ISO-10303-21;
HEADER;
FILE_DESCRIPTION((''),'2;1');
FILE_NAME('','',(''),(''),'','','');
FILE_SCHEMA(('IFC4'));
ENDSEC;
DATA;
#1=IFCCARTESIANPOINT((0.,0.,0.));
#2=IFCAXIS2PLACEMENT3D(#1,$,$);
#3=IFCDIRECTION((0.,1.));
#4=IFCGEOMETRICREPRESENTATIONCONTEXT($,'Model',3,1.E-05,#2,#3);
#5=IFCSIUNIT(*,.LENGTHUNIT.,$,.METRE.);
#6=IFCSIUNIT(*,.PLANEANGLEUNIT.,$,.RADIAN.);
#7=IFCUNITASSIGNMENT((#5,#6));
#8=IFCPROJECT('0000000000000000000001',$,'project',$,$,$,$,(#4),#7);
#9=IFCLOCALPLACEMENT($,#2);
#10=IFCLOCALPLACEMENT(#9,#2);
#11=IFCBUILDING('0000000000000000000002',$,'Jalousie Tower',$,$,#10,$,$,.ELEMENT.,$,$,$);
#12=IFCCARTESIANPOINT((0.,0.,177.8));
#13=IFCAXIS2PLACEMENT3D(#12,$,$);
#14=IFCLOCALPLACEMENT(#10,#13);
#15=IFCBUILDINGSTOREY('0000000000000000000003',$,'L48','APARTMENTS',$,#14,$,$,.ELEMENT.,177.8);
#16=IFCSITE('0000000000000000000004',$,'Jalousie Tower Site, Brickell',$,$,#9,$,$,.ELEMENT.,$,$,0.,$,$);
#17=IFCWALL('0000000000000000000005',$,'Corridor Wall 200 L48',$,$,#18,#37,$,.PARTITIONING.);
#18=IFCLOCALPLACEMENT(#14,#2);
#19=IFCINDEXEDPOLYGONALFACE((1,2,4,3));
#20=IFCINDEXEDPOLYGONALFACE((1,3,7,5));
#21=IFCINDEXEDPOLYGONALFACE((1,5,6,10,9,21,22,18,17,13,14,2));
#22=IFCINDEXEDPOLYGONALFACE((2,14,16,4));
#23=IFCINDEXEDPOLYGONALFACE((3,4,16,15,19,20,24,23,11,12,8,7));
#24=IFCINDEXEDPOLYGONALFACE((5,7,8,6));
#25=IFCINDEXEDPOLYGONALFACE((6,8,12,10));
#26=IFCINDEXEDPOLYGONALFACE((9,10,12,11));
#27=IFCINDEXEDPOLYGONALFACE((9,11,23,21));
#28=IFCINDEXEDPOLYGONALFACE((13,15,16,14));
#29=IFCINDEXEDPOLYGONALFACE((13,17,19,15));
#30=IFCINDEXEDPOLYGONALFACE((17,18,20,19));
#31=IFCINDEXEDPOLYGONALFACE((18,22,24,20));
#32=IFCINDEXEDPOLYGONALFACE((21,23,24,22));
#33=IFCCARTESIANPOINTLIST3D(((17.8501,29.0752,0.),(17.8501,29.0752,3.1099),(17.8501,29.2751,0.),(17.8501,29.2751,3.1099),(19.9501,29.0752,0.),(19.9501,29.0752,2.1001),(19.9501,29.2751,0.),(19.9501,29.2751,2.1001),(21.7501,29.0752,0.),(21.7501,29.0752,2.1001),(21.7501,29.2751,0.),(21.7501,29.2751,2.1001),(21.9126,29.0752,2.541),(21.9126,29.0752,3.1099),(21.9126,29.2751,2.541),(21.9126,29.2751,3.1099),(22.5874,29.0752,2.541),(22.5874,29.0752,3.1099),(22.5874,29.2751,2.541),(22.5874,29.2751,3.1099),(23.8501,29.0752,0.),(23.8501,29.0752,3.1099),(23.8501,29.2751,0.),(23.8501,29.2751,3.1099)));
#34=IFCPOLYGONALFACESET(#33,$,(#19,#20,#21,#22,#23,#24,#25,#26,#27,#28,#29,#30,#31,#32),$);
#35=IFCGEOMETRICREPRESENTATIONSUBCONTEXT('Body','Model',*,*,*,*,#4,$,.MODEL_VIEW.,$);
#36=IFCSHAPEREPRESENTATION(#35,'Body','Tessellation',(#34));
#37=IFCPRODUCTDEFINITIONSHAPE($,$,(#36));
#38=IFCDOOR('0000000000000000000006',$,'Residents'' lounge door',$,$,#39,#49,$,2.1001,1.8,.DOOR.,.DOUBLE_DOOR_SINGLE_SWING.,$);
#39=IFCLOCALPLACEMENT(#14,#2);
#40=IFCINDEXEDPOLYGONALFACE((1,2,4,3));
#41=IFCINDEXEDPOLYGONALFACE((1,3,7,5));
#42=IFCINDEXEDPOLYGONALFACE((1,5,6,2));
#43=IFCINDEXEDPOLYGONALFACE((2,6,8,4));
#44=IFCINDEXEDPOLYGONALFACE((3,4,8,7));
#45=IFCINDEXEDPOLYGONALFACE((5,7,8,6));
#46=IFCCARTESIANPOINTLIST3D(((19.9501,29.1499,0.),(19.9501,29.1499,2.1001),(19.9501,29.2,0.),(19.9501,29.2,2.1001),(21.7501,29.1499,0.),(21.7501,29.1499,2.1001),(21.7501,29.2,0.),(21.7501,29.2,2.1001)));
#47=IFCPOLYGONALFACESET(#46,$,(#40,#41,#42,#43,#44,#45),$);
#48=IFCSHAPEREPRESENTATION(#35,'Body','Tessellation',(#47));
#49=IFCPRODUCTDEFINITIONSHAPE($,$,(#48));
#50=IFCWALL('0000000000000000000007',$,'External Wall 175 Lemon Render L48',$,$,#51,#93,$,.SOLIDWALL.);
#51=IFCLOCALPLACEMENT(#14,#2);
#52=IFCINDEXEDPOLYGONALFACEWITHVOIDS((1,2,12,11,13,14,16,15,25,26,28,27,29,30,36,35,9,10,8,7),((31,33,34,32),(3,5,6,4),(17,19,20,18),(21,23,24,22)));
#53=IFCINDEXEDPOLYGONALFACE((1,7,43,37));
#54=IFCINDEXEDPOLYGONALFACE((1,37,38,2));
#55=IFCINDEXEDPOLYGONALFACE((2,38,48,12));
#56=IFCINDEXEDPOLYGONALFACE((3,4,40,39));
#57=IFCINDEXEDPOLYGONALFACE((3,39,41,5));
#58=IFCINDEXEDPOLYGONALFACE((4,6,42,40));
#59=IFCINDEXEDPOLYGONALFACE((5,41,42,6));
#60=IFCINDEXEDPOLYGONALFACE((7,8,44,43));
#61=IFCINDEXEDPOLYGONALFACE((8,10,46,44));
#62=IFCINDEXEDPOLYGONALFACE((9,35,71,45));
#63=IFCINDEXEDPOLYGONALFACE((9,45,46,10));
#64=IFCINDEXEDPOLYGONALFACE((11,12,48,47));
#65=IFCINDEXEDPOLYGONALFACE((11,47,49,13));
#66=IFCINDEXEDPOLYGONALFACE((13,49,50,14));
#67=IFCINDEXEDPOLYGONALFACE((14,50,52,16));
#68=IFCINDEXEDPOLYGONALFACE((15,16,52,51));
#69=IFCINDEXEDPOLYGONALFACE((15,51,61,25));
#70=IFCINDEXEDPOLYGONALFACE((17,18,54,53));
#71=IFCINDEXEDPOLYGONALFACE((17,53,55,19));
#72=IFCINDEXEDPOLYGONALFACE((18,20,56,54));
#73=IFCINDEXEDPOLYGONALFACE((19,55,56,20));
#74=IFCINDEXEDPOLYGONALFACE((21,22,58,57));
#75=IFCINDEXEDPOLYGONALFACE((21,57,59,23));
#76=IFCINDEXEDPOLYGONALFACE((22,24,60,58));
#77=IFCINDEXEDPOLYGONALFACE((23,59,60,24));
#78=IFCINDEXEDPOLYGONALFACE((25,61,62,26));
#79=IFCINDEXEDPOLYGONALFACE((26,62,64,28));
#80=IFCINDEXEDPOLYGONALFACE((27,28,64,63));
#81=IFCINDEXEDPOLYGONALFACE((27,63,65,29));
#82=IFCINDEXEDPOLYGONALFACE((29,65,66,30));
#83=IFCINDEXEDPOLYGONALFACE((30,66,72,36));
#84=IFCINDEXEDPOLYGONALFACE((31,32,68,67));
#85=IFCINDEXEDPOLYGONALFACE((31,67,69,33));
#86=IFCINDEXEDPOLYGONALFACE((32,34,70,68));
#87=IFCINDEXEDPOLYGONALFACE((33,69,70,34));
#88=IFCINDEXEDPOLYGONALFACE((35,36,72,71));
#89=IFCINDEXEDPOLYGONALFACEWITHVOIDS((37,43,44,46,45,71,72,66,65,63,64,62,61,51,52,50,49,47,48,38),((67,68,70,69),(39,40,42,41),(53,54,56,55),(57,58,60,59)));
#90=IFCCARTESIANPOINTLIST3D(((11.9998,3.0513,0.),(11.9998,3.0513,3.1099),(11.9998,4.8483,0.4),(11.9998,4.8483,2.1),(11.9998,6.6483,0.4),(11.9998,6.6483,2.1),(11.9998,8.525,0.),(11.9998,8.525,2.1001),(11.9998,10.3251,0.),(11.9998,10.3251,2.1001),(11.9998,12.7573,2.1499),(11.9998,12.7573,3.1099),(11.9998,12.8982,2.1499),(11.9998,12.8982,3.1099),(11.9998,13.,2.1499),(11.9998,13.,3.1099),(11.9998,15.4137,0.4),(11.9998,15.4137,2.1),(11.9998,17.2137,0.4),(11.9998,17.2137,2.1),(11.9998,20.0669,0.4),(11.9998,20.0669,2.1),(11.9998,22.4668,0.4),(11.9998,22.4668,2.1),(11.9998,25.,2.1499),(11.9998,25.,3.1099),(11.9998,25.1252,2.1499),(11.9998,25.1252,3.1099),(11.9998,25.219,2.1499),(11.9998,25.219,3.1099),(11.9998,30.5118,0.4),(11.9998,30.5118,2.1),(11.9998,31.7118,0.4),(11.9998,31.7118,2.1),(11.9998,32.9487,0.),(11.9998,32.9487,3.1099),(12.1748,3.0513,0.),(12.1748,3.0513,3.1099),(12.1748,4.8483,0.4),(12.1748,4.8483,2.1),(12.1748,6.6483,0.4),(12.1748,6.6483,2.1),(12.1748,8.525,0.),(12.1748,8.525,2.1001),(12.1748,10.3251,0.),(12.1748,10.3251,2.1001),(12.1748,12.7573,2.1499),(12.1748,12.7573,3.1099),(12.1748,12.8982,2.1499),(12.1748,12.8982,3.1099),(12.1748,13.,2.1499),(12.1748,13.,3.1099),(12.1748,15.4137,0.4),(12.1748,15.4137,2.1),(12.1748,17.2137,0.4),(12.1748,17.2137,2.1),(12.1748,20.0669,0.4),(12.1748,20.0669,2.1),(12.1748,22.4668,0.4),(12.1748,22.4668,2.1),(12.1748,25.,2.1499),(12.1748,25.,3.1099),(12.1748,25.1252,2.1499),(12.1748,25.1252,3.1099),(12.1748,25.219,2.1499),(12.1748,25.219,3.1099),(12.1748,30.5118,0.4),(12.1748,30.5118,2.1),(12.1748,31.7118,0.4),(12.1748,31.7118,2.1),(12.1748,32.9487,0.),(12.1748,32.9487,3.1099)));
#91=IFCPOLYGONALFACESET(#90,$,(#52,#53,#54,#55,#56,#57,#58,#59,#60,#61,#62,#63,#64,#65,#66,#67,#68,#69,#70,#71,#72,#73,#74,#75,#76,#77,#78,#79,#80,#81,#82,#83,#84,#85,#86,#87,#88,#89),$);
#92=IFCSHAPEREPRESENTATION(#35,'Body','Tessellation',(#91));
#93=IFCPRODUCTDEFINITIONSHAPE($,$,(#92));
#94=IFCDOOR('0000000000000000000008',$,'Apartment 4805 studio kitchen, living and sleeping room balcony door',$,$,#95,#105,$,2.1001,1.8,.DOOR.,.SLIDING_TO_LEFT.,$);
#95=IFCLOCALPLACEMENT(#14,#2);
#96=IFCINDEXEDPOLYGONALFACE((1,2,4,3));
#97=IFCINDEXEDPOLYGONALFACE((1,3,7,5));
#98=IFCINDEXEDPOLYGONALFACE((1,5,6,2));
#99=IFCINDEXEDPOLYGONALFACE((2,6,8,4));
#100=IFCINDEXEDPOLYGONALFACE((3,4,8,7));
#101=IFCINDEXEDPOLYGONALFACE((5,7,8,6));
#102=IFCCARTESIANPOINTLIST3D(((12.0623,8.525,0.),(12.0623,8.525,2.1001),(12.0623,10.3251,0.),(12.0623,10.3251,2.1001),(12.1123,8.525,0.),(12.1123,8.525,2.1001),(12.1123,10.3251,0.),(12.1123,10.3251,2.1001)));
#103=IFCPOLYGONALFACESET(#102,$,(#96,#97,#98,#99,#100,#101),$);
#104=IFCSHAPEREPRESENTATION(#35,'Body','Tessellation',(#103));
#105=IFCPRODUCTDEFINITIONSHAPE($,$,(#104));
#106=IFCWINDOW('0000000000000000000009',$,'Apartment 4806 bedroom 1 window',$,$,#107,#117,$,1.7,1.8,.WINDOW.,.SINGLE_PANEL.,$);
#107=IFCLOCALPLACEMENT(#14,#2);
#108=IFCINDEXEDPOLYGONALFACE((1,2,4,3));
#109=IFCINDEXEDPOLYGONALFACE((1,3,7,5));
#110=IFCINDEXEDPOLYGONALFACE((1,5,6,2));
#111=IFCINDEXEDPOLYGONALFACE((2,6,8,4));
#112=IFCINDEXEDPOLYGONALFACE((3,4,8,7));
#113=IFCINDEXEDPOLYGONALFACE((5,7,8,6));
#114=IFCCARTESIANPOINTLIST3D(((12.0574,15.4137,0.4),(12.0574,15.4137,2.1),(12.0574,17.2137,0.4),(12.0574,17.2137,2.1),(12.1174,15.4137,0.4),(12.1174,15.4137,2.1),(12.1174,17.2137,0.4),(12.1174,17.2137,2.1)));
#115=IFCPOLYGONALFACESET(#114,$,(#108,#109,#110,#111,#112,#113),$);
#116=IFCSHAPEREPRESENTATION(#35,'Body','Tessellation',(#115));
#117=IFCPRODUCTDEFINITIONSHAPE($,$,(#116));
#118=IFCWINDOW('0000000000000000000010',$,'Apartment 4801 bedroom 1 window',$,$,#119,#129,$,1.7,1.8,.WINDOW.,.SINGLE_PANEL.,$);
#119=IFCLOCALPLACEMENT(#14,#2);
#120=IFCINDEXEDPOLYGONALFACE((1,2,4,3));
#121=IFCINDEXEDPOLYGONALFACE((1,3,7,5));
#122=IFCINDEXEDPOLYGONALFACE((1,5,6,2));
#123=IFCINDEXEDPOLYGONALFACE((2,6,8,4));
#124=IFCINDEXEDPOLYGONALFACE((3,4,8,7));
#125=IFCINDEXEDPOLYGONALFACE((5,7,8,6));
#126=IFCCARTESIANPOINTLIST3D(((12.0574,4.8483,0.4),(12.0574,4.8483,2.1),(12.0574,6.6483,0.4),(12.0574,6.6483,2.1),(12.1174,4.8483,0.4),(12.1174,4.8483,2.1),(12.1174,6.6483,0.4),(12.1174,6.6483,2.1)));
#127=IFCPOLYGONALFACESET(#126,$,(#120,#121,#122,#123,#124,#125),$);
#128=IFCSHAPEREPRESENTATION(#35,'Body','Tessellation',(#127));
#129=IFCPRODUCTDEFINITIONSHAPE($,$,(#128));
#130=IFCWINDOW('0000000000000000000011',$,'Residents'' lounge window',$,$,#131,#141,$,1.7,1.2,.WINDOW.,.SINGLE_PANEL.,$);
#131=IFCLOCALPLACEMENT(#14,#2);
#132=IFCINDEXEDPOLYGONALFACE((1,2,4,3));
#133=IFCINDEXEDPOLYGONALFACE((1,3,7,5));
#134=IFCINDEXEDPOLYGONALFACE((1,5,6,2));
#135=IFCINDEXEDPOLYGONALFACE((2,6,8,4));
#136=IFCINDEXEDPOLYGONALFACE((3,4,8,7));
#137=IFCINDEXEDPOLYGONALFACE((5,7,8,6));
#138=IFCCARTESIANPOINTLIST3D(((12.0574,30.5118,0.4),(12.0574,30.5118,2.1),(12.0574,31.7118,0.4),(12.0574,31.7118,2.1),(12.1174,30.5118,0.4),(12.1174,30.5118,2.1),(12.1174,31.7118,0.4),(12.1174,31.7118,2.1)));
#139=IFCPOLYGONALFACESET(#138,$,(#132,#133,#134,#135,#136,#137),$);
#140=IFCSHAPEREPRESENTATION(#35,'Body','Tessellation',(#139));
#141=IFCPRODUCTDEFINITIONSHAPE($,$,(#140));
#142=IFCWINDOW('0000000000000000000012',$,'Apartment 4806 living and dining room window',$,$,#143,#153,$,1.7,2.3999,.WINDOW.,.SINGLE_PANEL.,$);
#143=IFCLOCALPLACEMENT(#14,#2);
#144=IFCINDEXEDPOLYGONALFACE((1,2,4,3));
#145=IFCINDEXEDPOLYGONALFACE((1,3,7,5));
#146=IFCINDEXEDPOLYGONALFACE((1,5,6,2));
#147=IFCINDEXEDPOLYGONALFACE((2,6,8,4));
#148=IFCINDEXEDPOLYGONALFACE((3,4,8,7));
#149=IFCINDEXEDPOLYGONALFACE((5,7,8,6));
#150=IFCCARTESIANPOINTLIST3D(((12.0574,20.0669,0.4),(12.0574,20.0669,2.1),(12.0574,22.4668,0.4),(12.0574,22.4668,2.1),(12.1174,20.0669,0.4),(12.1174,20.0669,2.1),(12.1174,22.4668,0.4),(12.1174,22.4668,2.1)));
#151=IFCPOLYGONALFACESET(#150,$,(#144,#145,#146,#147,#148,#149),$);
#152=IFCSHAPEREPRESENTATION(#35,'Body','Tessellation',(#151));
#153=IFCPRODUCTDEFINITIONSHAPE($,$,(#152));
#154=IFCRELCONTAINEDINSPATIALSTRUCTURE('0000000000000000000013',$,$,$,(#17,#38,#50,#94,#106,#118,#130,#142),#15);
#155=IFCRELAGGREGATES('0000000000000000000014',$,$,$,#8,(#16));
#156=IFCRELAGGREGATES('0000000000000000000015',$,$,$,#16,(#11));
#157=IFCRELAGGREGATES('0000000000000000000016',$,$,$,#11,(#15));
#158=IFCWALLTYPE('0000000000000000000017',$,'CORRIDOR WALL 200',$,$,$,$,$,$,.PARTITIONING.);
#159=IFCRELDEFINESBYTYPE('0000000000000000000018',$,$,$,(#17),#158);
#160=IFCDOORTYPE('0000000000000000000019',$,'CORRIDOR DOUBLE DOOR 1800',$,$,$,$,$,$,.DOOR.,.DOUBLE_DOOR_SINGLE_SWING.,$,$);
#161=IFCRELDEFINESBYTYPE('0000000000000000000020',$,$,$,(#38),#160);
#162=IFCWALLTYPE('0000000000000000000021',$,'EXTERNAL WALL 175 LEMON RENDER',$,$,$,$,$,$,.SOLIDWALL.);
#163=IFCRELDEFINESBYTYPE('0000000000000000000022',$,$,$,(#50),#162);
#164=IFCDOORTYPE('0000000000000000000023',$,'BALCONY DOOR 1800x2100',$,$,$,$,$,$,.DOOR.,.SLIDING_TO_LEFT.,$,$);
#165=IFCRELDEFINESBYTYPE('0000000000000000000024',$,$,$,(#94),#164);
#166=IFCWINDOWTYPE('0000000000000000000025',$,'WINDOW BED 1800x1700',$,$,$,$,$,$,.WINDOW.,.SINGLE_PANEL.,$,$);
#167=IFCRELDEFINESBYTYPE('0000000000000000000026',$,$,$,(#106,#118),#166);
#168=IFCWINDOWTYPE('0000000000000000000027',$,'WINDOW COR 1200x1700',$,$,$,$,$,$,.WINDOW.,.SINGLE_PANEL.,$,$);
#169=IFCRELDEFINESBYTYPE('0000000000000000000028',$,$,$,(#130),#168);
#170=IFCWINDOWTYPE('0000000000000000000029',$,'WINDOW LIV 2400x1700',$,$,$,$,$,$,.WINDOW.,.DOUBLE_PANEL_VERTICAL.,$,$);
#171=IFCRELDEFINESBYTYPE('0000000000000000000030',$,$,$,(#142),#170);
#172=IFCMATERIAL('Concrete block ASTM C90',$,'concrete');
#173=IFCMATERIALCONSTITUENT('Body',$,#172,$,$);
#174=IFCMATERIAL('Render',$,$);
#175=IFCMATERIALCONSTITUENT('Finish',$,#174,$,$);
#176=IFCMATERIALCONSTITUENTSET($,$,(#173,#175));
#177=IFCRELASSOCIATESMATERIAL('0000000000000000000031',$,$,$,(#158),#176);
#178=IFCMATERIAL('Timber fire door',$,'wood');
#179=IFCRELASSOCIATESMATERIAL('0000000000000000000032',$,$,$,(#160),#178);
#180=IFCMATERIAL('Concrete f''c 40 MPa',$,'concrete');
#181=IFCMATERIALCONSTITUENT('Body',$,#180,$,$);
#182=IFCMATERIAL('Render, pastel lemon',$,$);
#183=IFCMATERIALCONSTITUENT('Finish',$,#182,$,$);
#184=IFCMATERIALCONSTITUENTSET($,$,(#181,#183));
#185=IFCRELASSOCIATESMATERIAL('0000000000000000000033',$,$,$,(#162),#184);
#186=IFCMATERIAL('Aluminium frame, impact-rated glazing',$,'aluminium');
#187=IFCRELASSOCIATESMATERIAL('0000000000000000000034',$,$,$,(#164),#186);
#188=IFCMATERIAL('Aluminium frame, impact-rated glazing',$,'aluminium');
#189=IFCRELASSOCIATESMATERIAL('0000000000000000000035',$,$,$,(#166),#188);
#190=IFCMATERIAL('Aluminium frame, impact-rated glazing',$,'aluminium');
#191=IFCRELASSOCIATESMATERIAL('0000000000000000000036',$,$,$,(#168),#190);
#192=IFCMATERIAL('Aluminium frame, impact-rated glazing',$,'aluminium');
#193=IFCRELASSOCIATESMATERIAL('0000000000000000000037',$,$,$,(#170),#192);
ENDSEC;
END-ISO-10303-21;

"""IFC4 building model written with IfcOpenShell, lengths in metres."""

from ifc_helpers import new_model, si_unit, direction, frame, frame_2d, origin, place, context, subcontext, project, spatial, polyline, rectangle, outline, extrude, material, constituent, constituent_set, type_object, element, fill, save


model = new_model("IFC4")

# Units and contexts
model_context = context("Model", 3, precision=1e-05, world=origin(), true_north=direction((0.0, 1.0)))
body_context = subcontext(model_context, "Body", "Model", "MODEL_VIEW")
ifc_project = project(units=[si_unit("LENGTHUNIT", "METRE"), si_unit("PLANEANGLEUNIT", "RADIAN")], contexts=[model_context])

# Site, building, storey
site_placement = place(None, origin())
site = spatial("IfcSite", under=ifc_project, at=site_placement, Name="Jalousie Tower Site, Brickell", CompositionType="ELEMENT", RefElevation=0.0)
building_placement = place(site_placement, origin())
building = spatial("IfcBuilding", under=site, at=building_placement, Name="Jalousie Tower", CompositionType="ELEMENT")
storey_placement = place(building_placement, frame((0.0, 0.0, 177.8)))
storey = spatial("IfcBuildingStorey", under=building, at=storey_placement, Name="L48", Description="APARTMENTS", CompositionType="ELEMENT", Elevation=177.8)

# Wall, opening, door
ifc_material_1 = material(Name="Concrete block ASTM C90", Category="concrete")
ifc_constituent_1 = constituent(ifc_material_1, Name="Body")
ifc_material_2 = material(Name="Render")
ifc_constituent_2 = constituent(ifc_material_2, Name="Finish")
ifc_constituent_set_1 = constituent_set(constituents=[ifc_constituent_1, ifc_constituent_2])
wall_type_1 = type_object("IfcWallType", Name="CORRIDOR WALL 200", PredefinedType="PARTITIONING", material=ifc_constituent_set_1)
wall_1_placement = place(storey_placement, frame((17.8501, 29.175, 0.0), z_axis=(0.0, 0.0, 1.0), x_axis=(1.0, 0.0, 0.0)))
wall_1 = element("IfcWall", 1, at=wall_1_placement, inside=storey, type_object=wall_type_1, Name="Corridor Wall 200 L48", PredefinedType="PARTITIONING", context=body_context, shape_type="SweptSolid", body=[
    extrude(outline(polyline([(0.0, 0.0), (6.0, 0.0), (6.0, 3.1099), (4.7373, 3.1099), (4.7373, 2.541), (4.0625, 2.541), (4.0625, 3.1099), (0.0, 3.1099), (0.0, 0.0)])), frame((0.0, 0.1001, 0.0), z_axis=(0.0, -1.0, 0.0), x_axis=(1.0, 0.0, 0.0)), (0.0, 0.0, 1.0), 0.2),
])
opening_1_placement = place(wall_1_placement, frame((2.1001, 0.0, 0.0)))
opening_1 = element("IfcOpeningElement", 2, at=opening_1_placement, cuts=wall_1, PredefinedType="OPENING", context=body_context, shape_type="SweptSolid", body=[
    extrude(rectangle(XDim=1.8, YDim=2.1001, at=frame_2d((0.8999, 1.05))), frame((0.0, 0.1099, 0.0), z_axis=(0.0, -1.0, 0.0), x_axis=(1.0, 0.0, 0.0)), (0.0, 0.0, 1.0), 0.22),
])
ifc_material_3 = material(Name="Timber fire door", Category="wood")
door_type_1 = type_object("IfcDoorType", Name="CORRIDOR DOUBLE DOOR 1800", OperationType="DOUBLE_DOOR_SINGLE_SWING", PredefinedType="DOOR", material=ifc_material_3)
door_1_placement = place(opening_1_placement, origin())
door_1 = element("IfcDoor", 3, at=door_1_placement, inside=storey, type_object=door_type_1, Name="Residents' lounge door", OperationType="DOUBLE_DOOR_SINGLE_SWING", OverallHeight=2.1001, OverallWidth=1.8, PredefinedType="DOOR", context=body_context, shape_type="SweptSolid", body=[
    extrude(rectangle(XDim=1.8, YDim=2.1001, at=frame_2d((0.8999, 1.05))), frame((0.0, 0.0249, 0.0), z_axis=(0.0, -1.0, 0.0), x_axis=(1.0, 0.0, 0.0)), (0.0, 0.0, 1.0), 0.05),
])
fill(opening_1, door_1)

# Wall, openings, door, windows
ifc_material_4 = material(Name="Concrete f'c 40 MPa", Category="concrete")
ifc_constituent_3 = constituent(ifc_material_4, Name="Body")
ifc_material_5 = material(Name="Render, pastel lemon")
ifc_constituent_4 = constituent(ifc_material_5, Name="Finish")
ifc_constituent_set_2 = constituent_set(constituents=[ifc_constituent_3, ifc_constituent_4])
wall_type_2 = type_object("IfcWallType", Name="EXTERNAL WALL 175 LEMON RENDER", PredefinedType="SOLIDWALL", material=ifc_constituent_set_2)
wall_2_placement = place(storey_placement, frame((12.0874, 32.9487, 0.0), z_axis=(0.0, 0.0, 1.0), x_axis=(0.0, -1.0, 0.0)))
wall_2 = element("IfcWall", 4, at=wall_2_placement, inside=storey, type_object=wall_type_2, Name="External Wall 175 Lemon Render L48", PredefinedType="SOLIDWALL", context=body_context, shape_type="SweptSolid", body=[
    extrude(outline(polyline([(0.0, 0.0), (29.8975, 0.0), (29.8975, 3.1099), (20.1914, 3.1099), (20.1914, 2.1499), (20.0505, 2.1499), (20.0505, 3.1099), (19.9487, 3.1099), (19.9487, 2.1499), (7.9487, 2.1499), (7.9487, 3.1099), (7.8235, 3.1099), (7.8235, 2.1499), (7.7297, 2.1499), (7.7297, 3.1099), (0.0, 3.1099), (0.0, 0.0)])), frame((0.0, 0.0874, 0.0), z_axis=(0.0, -1.0, 0.0), x_axis=(1.0, 0.0, 0.0)), (0.0, 0.0, 1.0), 0.175),
])
opening_2_placement = place(wall_2_placement, frame((1.2368, 0.0, 0.3999)))
opening_2 = element("IfcOpeningElement", 5, at=opening_2_placement, cuts=wall_2, PredefinedType="OPENING", context=body_context, shape_type="SweptSolid", body=[
    extrude(rectangle(XDim=1.2, YDim=1.7, at=frame_2d((0.6001, 0.8501))), frame((0.0, 0.0974, 0.0), z_axis=(0.0, -1.0, 0.0), x_axis=(1.0, 0.0, 0.0)), (0.0, 0.0, 1.0), 0.1951),
])
opening_3_placement = place(wall_2_placement, frame((10.4819, 0.0, 0.3999)))
opening_3 = element("IfcOpeningElement", 6, at=opening_3_placement, cuts=wall_2, PredefinedType="OPENING", context=body_context, shape_type="SweptSolid", body=[
    extrude(rectangle(XDim=2.3999, YDim=1.7, at=frame_2d((1.2, 0.8501))), frame((0.0, 0.0974, 0.0), z_axis=(0.0, -1.0, 0.0), x_axis=(1.0, 0.0, 0.0)), (0.0, 0.0, 1.0), 0.1951),
])
opening_4_placement = place(wall_2_placement, frame((15.7351, 0.0, 0.3999)))
opening_4 = element("IfcOpeningElement", 7, at=opening_4_placement, cuts=wall_2, PredefinedType="OPENING", context=body_context, shape_type="SweptSolid", body=[
    extrude(rectangle(XDim=1.8, YDim=1.7, at=frame_2d((0.8999, 0.8501))), frame((0.0, 0.0974, 0.0), z_axis=(0.0, -1.0, 0.0), x_axis=(1.0, 0.0, 0.0)), (0.0, 0.0, 1.0), 0.1951),
])
opening_5_placement = place(wall_2_placement, frame((22.6238, 0.0, 0.0)))
opening_5 = element("IfcOpeningElement", 8, at=opening_5_placement, cuts=wall_2, PredefinedType="OPENING", context=body_context, shape_type="SweptSolid", body=[
    extrude(rectangle(XDim=1.8, YDim=2.1001, at=frame_2d((0.8999, 1.05))), frame((0.0, 0.0974, 0.0), z_axis=(0.0, -1.0, 0.0), x_axis=(1.0, 0.0, 0.0)), (0.0, 0.0, 1.0), 0.1951),
])
opening_6_placement = place(wall_2_placement, frame((26.3005, 0.0, 0.3999)))
opening_6 = element("IfcOpeningElement", 9, at=opening_6_placement, cuts=wall_2, PredefinedType="OPENING", context=body_context, shape_type="SweptSolid", body=[
    extrude(rectangle(XDim=1.8, YDim=1.7, at=frame_2d((0.8999, 0.8501))), frame((0.0, 0.0974, 0.0), z_axis=(0.0, -1.0, 0.0), x_axis=(1.0, 0.0, 0.0)), (0.0, 0.0, 1.0), 0.1951),
])
ifc_material_6 = material(Name="Aluminium frame, impact-rated glazing", Category="aluminium")
door_type_2 = type_object("IfcDoorType", Name="BALCONY DOOR 1800x2100", OperationType="SLIDING_TO_LEFT", PredefinedType="DOOR", material=ifc_material_6)
door_2_placement = place(opening_5_placement, origin())
door_2 = element("IfcDoor", 10, at=door_2_placement, inside=storey, type_object=door_type_2, Name="Apartment 4805 studio kitchen, living and sleeping room balcony door", OperationType="SLIDING_TO_LEFT", OverallHeight=2.1001, OverallWidth=1.8, PredefinedType="DOOR", context=body_context, shape_type="SweptSolid", body=[
    extrude(rectangle(XDim=1.8, YDim=2.1001, at=frame_2d((0.8999, 1.05))), frame((0.0, 0.0249, 0.0), z_axis=(0.0, -1.0, 0.0), x_axis=(1.0, 0.0, 0.0)), (0.0, 0.0, 1.0), 0.05),
])
fill(opening_5, door_2)
ifc_material_7 = material(Name="Aluminium frame, impact-rated glazing", Category="aluminium")
window_type_1 = type_object("IfcWindowType", Name="WINDOW BED 1800x1700", PartitioningType="SINGLE_PANEL", PredefinedType="WINDOW", material=ifc_material_7)
window_1_placement = place(opening_4_placement, origin())
window_1 = element("IfcWindow", 11, at=window_1_placement, inside=storey, type_object=window_type_1, Name="Apartment 4806 bedroom 1 window", OverallHeight=1.7, OverallWidth=1.8, PartitioningType="SINGLE_PANEL", PredefinedType="WINDOW", context=body_context, shape_type="SweptSolid", body=[
    extrude(rectangle(XDim=1.8, YDim=1.7, at=frame_2d((0.8999, 0.8501))), frame((0.0, 0.03, 0.0), z_axis=(0.0, -1.0, 0.0), x_axis=(1.0, 0.0, 0.0)), (0.0, 0.0, 1.0), 0.0601),
])
fill(opening_4, window_1)
window_2_placement = place(opening_6_placement, origin())
window_2 = element("IfcWindow", 12, at=window_2_placement, inside=storey, type_object=window_type_1, Name="Apartment 4801 bedroom 1 window", OverallHeight=1.7, OverallWidth=1.8, PartitioningType="SINGLE_PANEL", PredefinedType="WINDOW", context=body_context, shape_type="SweptSolid", body=[
    extrude(rectangle(XDim=1.8, YDim=1.7, at=frame_2d((0.8999, 0.8501))), frame((0.0, 0.03, 0.0), z_axis=(0.0, -1.0, 0.0), x_axis=(1.0, 0.0, 0.0)), (0.0, 0.0, 1.0), 0.0601),
])
fill(opening_6, window_2)
ifc_material_8 = material(Name="Aluminium frame, impact-rated glazing", Category="aluminium")
window_type_2 = type_object("IfcWindowType", Name="WINDOW COR 1200x1700", PartitioningType="SINGLE_PANEL", PredefinedType="WINDOW", material=ifc_material_8)
window_3_placement = place(opening_2_placement, origin())
window_3 = element("IfcWindow", 13, at=window_3_placement, inside=storey, type_object=window_type_2, Name="Residents' lounge window", OverallHeight=1.7, OverallWidth=1.2, PartitioningType="SINGLE_PANEL", PredefinedType="WINDOW", context=body_context, shape_type="SweptSolid", body=[
    extrude(rectangle(XDim=1.2, YDim=1.7, at=frame_2d((0.6001, 0.8501))), frame((0.0, 0.03, 0.0), z_axis=(0.0, -1.0, 0.0), x_axis=(1.0, 0.0, 0.0)), (0.0, 0.0, 1.0), 0.0601),
])
fill(opening_2, window_3)
ifc_material_9 = material(Name="Aluminium frame, impact-rated glazing", Category="aluminium")
window_type_3 = type_object("IfcWindowType", Name="WINDOW LIV 2400x1700", PartitioningType="DOUBLE_PANEL_VERTICAL", PredefinedType="WINDOW", material=ifc_material_9)
window_4_placement = place(opening_3_placement, origin())
window_4 = element("IfcWindow", 14, at=window_4_placement, inside=storey, type_object=window_type_3, Name="Apartment 4806 living and dining room window", OverallHeight=1.7, OverallWidth=2.3999, PartitioningType="SINGLE_PANEL", PredefinedType="WINDOW", context=body_context, shape_type="SweptSolid", body=[
    extrude(rectangle(XDim=2.3999, YDim=1.7, at=frame_2d((1.2, 0.8501))), frame((0.0, 0.03, 0.0), z_axis=(0.0, -1.0, 0.0), x_axis=(1.0, 0.0, 0.0)), (0.0, 0.0, 1.0), 0.0601),
])
fill(opening_3, window_4)

save(model, "model.ifc")
